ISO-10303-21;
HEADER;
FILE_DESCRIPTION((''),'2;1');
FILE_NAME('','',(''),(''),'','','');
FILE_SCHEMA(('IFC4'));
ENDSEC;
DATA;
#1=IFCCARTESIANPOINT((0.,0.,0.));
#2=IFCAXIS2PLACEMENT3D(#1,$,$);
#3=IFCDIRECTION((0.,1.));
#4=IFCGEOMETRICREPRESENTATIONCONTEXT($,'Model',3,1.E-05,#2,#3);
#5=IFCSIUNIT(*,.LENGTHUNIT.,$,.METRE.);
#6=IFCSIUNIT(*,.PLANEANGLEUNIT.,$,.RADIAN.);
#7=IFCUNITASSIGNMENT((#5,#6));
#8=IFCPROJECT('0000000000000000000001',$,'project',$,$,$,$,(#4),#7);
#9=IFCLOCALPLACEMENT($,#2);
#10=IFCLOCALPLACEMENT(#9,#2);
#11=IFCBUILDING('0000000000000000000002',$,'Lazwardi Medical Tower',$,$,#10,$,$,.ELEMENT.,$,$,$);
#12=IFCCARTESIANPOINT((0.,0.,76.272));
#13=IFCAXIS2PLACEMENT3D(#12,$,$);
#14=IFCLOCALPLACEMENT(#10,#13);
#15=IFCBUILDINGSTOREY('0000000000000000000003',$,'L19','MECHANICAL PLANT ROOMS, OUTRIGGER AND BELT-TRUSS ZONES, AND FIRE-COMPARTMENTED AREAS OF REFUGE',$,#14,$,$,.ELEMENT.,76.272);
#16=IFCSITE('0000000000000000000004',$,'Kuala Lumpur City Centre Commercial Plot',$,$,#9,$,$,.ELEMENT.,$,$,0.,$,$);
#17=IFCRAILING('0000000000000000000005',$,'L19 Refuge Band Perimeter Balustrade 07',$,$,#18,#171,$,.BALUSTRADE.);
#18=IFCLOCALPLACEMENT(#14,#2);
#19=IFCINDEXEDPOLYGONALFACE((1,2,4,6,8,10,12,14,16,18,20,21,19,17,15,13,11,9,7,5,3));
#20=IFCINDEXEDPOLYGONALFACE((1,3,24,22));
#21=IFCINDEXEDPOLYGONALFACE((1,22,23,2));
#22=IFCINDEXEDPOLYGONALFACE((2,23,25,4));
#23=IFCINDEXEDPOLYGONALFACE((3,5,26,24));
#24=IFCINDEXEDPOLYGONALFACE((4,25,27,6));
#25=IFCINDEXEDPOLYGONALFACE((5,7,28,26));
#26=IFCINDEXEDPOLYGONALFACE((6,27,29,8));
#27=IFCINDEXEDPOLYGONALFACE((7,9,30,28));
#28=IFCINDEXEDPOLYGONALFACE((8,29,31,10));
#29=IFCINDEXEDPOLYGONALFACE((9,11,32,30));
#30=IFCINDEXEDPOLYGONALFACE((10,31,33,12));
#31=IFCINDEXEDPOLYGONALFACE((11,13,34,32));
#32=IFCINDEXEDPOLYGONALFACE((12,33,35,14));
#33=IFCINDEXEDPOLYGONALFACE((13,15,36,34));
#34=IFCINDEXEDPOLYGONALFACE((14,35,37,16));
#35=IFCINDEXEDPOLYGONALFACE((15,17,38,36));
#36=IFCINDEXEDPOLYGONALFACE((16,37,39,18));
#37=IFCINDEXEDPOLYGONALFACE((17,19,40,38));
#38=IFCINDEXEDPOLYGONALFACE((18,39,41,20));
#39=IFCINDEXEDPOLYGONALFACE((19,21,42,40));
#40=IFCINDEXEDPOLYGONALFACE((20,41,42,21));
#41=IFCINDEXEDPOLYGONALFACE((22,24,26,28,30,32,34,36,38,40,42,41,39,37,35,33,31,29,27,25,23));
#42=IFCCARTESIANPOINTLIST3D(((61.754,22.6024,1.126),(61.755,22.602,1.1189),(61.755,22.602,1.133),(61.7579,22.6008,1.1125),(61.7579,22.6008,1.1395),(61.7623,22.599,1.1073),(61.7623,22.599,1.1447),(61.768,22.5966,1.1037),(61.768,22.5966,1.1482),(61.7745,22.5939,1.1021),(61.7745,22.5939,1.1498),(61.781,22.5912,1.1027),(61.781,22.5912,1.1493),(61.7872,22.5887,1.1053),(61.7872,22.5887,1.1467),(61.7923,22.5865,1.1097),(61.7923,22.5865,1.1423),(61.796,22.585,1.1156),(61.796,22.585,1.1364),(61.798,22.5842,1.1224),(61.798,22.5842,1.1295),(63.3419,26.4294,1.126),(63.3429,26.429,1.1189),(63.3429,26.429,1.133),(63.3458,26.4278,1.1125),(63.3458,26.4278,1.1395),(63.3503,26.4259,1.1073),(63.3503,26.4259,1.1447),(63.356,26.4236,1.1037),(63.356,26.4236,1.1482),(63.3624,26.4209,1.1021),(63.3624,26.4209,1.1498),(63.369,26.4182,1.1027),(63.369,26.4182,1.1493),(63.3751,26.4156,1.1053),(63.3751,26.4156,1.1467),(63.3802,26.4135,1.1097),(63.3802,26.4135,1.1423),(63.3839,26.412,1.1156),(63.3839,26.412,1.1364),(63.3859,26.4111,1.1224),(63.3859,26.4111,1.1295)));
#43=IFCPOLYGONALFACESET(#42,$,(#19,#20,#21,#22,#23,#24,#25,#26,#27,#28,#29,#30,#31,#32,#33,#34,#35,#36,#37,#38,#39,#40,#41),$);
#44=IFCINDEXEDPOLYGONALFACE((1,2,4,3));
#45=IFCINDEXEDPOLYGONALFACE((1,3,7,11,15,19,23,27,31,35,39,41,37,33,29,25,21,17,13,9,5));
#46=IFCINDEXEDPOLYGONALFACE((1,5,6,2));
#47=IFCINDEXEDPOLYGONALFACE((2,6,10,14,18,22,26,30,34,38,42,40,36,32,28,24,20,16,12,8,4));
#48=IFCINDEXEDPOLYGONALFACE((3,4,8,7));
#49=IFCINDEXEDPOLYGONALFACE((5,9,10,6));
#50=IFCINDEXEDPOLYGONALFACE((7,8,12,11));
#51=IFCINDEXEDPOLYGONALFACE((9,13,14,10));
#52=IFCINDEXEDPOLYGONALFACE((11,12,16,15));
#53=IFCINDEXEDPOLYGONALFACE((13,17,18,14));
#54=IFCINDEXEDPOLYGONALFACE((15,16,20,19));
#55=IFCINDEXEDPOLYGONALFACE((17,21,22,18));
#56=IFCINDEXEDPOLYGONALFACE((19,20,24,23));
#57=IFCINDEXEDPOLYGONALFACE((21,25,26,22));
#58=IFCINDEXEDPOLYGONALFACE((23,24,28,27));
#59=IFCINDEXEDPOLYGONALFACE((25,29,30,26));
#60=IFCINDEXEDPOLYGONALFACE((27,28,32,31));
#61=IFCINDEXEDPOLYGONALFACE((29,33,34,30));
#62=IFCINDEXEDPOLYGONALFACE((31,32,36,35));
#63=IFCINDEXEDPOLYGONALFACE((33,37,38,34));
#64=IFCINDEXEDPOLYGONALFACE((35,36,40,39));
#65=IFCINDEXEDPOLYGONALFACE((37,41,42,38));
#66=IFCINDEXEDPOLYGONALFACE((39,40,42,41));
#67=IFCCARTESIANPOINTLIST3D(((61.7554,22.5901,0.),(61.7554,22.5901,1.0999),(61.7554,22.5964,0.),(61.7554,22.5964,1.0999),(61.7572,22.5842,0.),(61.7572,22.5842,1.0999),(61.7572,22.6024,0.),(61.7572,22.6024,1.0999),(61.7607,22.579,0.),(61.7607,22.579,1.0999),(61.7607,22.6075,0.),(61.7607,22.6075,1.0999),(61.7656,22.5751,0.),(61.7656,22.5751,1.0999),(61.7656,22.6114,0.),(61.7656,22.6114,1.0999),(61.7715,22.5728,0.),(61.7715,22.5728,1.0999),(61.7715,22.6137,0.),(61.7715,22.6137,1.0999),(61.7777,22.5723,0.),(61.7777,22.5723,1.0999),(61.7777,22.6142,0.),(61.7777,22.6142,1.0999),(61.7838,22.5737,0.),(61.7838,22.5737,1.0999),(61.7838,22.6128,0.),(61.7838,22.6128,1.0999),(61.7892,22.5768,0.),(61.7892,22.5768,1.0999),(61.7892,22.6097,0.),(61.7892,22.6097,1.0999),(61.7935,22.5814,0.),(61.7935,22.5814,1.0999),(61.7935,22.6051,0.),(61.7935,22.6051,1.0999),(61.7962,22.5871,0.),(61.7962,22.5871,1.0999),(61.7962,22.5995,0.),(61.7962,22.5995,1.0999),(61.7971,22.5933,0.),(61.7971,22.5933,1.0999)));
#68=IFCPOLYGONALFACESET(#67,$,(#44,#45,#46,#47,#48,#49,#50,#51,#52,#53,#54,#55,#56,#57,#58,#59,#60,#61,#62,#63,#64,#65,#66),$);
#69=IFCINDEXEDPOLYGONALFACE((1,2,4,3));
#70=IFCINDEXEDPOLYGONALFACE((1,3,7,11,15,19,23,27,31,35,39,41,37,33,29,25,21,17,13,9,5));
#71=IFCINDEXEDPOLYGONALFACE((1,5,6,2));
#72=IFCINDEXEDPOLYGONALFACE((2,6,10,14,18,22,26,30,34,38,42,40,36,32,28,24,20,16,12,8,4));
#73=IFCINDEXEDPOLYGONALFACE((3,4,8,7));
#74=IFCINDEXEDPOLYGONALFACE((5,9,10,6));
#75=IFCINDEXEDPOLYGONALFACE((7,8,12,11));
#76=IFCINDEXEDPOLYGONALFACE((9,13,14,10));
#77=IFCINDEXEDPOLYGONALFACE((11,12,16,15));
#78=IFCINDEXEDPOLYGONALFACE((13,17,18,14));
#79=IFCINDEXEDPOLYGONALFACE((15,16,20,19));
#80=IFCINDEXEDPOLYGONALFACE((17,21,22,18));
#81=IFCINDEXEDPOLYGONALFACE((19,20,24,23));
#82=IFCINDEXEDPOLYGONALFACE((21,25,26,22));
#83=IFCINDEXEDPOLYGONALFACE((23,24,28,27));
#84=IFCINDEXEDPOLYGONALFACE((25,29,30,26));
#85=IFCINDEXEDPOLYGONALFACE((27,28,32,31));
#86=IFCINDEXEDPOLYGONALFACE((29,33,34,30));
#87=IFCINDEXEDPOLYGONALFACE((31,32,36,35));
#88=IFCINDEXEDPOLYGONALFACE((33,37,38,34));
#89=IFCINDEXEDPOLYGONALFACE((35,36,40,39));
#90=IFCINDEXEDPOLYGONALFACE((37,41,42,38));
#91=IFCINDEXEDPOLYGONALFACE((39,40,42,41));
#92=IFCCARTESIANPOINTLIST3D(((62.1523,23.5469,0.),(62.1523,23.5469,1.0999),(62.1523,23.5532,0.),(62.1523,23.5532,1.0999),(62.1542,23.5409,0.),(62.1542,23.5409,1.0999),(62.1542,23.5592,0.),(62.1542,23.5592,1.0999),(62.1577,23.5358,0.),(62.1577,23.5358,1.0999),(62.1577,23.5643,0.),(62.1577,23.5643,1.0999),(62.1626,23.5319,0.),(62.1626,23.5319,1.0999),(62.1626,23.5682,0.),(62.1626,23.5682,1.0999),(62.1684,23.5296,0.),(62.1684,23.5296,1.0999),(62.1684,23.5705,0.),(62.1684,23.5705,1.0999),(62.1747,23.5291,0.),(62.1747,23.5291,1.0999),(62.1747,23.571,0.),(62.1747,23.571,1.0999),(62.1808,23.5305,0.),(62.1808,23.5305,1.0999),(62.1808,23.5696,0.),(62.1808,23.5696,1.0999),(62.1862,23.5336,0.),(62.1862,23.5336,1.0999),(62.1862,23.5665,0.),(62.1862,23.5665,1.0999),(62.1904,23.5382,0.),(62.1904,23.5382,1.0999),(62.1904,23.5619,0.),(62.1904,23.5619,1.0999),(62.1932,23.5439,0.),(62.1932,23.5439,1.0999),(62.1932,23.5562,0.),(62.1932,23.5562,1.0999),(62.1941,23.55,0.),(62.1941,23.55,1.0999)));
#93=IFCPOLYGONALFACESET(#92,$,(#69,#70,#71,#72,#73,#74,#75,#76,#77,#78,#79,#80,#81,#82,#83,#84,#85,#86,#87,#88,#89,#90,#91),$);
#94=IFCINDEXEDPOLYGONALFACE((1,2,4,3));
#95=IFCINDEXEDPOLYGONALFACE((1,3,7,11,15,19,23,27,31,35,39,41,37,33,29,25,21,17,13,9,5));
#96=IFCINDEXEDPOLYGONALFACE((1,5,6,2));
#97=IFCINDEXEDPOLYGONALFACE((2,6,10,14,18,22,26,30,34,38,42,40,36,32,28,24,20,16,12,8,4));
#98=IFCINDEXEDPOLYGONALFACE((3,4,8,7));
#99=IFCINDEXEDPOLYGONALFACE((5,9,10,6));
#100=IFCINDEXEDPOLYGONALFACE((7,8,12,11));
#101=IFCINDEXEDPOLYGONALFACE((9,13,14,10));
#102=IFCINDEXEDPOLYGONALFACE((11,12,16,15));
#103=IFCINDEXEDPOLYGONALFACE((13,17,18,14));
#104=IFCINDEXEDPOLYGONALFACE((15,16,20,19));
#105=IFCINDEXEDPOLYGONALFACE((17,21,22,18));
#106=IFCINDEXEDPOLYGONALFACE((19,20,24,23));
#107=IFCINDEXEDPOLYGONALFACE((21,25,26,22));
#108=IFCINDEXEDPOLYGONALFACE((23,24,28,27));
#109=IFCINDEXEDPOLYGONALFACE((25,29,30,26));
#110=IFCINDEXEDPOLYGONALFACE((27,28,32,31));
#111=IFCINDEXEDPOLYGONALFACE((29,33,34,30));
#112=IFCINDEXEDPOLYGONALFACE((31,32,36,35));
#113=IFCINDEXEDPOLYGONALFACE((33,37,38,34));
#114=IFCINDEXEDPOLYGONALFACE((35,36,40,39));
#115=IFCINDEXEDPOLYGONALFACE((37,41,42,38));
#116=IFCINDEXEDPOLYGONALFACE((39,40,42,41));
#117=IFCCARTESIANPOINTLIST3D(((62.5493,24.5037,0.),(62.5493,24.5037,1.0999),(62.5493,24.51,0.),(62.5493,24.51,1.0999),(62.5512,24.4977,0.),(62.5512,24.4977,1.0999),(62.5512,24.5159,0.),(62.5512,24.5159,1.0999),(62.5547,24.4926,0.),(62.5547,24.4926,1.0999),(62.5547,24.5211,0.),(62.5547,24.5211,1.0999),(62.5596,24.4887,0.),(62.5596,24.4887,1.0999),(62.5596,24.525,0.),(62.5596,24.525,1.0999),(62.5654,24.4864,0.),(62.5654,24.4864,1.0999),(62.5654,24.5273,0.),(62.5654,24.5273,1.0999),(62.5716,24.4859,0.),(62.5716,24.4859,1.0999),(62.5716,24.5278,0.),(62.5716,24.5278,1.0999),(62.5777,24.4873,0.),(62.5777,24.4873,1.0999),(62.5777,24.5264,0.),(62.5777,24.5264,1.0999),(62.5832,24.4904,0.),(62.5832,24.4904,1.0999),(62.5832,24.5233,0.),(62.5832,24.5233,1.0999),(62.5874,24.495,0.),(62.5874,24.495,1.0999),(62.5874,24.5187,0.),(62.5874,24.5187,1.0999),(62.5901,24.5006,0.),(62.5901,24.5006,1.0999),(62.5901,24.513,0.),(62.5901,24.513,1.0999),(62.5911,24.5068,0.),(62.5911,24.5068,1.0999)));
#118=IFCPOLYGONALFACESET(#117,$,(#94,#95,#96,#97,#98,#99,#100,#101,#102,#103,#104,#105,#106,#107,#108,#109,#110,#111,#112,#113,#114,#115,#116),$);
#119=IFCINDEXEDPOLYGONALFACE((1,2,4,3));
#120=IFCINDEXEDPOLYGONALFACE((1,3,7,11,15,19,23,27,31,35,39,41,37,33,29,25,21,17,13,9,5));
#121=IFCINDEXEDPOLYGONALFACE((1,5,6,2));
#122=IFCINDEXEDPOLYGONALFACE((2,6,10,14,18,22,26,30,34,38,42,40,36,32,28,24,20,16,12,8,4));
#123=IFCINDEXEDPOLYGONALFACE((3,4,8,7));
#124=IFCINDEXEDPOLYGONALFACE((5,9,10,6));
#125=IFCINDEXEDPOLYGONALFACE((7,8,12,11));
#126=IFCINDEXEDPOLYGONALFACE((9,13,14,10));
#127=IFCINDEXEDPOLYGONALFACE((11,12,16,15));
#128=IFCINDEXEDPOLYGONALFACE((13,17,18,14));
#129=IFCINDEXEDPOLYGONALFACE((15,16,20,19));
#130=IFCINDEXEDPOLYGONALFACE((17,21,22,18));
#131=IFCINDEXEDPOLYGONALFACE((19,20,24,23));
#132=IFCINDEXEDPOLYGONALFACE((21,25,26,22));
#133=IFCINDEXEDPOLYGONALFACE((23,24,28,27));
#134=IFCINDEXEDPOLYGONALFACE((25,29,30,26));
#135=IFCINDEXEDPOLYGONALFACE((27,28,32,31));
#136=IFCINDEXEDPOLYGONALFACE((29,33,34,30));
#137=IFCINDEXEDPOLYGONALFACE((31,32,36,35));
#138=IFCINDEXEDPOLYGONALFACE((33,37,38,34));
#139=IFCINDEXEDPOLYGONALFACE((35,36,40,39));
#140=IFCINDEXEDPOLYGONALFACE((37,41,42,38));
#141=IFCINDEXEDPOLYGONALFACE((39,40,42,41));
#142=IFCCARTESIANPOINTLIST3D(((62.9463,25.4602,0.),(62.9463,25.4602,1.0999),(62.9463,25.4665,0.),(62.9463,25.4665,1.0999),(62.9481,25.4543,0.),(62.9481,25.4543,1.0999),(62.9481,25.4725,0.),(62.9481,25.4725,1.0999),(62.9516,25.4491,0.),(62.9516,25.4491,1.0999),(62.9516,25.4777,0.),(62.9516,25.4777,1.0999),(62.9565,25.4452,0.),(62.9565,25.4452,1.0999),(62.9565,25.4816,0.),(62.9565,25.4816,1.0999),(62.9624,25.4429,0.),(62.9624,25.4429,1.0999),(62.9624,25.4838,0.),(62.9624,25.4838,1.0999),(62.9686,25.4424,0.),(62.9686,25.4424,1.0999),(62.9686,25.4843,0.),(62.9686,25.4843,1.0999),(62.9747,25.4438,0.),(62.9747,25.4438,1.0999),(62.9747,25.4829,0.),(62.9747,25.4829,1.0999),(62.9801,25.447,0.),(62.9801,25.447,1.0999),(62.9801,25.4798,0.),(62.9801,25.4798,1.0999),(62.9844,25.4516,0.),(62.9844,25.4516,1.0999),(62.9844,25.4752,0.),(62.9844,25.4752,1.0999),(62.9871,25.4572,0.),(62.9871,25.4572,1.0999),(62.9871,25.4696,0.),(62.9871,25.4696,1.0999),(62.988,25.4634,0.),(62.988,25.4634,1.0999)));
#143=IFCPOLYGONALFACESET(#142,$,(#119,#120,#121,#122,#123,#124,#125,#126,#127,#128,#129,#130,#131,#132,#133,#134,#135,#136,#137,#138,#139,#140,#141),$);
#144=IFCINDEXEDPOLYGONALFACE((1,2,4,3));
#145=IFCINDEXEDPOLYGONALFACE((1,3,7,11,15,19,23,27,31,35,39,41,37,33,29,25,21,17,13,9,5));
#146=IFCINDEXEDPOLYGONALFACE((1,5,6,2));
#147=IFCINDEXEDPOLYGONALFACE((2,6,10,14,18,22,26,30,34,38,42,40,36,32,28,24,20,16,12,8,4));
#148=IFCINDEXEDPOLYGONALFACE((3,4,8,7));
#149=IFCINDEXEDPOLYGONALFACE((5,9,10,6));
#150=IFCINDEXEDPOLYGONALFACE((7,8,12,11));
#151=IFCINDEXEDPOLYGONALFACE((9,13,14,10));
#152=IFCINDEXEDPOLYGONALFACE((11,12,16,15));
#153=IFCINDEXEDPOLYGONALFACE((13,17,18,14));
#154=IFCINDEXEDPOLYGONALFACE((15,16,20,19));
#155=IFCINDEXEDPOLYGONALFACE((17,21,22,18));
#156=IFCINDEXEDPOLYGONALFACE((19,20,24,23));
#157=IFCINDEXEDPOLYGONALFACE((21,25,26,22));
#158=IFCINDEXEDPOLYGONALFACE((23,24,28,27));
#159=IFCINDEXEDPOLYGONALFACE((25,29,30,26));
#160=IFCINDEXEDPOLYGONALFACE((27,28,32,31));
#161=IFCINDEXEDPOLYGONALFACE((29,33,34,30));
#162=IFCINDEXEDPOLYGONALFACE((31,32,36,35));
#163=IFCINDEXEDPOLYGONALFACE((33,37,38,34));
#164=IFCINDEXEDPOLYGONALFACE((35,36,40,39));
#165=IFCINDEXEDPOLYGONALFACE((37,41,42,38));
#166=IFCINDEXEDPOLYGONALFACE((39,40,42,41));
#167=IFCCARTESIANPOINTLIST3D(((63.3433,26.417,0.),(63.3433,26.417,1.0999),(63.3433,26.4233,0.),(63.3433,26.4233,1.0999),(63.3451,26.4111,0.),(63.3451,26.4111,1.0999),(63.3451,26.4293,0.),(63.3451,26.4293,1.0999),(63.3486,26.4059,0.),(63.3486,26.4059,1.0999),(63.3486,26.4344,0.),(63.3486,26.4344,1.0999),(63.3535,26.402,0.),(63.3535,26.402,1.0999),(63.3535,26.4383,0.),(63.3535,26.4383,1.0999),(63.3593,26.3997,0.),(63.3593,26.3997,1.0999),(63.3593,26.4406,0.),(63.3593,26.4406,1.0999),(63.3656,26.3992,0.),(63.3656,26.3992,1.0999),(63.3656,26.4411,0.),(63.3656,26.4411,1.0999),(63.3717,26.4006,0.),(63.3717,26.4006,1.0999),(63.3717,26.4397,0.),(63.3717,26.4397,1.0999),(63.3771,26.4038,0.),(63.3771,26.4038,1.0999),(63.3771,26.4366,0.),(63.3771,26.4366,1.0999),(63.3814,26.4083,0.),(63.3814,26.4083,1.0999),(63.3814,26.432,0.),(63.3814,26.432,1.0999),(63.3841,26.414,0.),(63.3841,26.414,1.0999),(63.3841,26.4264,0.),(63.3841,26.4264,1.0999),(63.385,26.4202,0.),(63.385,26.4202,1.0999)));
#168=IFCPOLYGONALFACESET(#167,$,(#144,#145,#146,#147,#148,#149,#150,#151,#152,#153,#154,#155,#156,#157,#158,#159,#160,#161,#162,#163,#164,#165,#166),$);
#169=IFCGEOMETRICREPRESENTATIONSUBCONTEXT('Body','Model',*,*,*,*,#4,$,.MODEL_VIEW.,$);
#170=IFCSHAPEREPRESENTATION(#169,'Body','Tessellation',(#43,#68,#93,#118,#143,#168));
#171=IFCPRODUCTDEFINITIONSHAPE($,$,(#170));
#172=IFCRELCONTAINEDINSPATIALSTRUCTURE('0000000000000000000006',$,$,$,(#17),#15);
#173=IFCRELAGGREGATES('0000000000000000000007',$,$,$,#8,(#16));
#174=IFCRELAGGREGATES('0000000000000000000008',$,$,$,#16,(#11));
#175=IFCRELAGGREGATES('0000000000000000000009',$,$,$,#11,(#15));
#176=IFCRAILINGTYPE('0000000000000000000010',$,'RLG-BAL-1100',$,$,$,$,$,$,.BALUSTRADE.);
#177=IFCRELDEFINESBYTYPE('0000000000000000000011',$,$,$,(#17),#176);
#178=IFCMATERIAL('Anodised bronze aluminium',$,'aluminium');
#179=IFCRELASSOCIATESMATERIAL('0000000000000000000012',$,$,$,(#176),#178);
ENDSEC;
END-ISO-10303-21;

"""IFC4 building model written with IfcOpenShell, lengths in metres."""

from ifc_helpers import new_model, si_unit, direction, frame, origin, origin_2d, place, context, subcontext, project, spatial, circle, extrude, material, type_object, element, save


model = new_model("IFC4")

# Units and contexts
model_context = context("Model", 3, precision=1e-05, world=origin(), true_north=direction((0.0, 1.0)))
body_context = subcontext(model_context, "Body", "Model", "MODEL_VIEW")
ifc_project = project(units=[si_unit("LENGTHUNIT", "METRE"), si_unit("PLANEANGLEUNIT", "RADIAN")], contexts=[model_context])

# Site, building, storey
site_placement = place(None, origin())
site = spatial("IfcSite", under=ifc_project, at=site_placement, Name="Kuala Lumpur City Centre Commercial Plot", CompositionType="ELEMENT", RefElevation=0.0)
building_placement = place(site_placement, origin())
building = spatial("IfcBuilding", under=site, at=building_placement, Name="Lazwardi Medical Tower", CompositionType="ELEMENT")
storey_placement = place(building_placement, frame((0.0, 0.0, 76.272)))
storey = spatial("IfcBuildingStorey", under=building, at=storey_placement, Name="L19", Description="MECHANICAL PLANT ROOMS, OUTRIGGER AND BELT-TRUSS ZONES, AND FIRE-COMPARTMENTED AREAS OF REFUGE", CompositionType="ELEMENT", Elevation=76.272)

# Railing
ifc_material_1 = material(Name="Anodised bronze aluminium", Category="aluminium")
railing_type_1 = type_object("IfcRailingType", Name="RLG-BAL-1100", PredefinedType="BALUSTRADE", material=ifc_material_1)
railing_1_placement = place(storey_placement, frame((61.7761, 22.5933, 0.0)))
element("IfcRailing", 1, at=railing_1_placement, inside=storey, type_object=railing_type_1, Name="L19 Refuge Band Perimeter Balustrade 07", PredefinedType="BALUSTRADE", context=body_context, shape_type="SweptSolid", body=[
    extrude(circle(Radius=0.0239, at=origin_2d()), frame((0.0, 0.0, 1.126), z_axis=(0.383247, 0.923646, 0.0), x_axis=(-0.923646, 0.383247, 0.0)), (0.0, 0.0, 1.0), 4.1433),
    extrude(circle(Radius=0.021, at=origin_2d()), origin(), (0.0, 0.0, 1.0), 1.0999),
    extrude(circle(Radius=0.021, at=origin_2d()), frame((0.397, 0.9568, 0.0)), (0.0, 0.0, 1.0), 1.0999),
    extrude(circle(Radius=0.021, at=origin_2d()), frame((0.7939, 1.9136, 0.0)), (0.0, 0.0, 1.0), 1.0999),
    extrude(circle(Radius=0.021, at=origin_2d()), frame((1.1909, 2.8701, 0.0)), (0.0, 0.0, 1.0), 1.0999),
    extrude(circle(Radius=0.021, at=origin_2d()), frame((1.5879, 3.8269, 0.0)), (0.0, 0.0, 1.0), 1.0999),
])

save(model, "model.ifc")
